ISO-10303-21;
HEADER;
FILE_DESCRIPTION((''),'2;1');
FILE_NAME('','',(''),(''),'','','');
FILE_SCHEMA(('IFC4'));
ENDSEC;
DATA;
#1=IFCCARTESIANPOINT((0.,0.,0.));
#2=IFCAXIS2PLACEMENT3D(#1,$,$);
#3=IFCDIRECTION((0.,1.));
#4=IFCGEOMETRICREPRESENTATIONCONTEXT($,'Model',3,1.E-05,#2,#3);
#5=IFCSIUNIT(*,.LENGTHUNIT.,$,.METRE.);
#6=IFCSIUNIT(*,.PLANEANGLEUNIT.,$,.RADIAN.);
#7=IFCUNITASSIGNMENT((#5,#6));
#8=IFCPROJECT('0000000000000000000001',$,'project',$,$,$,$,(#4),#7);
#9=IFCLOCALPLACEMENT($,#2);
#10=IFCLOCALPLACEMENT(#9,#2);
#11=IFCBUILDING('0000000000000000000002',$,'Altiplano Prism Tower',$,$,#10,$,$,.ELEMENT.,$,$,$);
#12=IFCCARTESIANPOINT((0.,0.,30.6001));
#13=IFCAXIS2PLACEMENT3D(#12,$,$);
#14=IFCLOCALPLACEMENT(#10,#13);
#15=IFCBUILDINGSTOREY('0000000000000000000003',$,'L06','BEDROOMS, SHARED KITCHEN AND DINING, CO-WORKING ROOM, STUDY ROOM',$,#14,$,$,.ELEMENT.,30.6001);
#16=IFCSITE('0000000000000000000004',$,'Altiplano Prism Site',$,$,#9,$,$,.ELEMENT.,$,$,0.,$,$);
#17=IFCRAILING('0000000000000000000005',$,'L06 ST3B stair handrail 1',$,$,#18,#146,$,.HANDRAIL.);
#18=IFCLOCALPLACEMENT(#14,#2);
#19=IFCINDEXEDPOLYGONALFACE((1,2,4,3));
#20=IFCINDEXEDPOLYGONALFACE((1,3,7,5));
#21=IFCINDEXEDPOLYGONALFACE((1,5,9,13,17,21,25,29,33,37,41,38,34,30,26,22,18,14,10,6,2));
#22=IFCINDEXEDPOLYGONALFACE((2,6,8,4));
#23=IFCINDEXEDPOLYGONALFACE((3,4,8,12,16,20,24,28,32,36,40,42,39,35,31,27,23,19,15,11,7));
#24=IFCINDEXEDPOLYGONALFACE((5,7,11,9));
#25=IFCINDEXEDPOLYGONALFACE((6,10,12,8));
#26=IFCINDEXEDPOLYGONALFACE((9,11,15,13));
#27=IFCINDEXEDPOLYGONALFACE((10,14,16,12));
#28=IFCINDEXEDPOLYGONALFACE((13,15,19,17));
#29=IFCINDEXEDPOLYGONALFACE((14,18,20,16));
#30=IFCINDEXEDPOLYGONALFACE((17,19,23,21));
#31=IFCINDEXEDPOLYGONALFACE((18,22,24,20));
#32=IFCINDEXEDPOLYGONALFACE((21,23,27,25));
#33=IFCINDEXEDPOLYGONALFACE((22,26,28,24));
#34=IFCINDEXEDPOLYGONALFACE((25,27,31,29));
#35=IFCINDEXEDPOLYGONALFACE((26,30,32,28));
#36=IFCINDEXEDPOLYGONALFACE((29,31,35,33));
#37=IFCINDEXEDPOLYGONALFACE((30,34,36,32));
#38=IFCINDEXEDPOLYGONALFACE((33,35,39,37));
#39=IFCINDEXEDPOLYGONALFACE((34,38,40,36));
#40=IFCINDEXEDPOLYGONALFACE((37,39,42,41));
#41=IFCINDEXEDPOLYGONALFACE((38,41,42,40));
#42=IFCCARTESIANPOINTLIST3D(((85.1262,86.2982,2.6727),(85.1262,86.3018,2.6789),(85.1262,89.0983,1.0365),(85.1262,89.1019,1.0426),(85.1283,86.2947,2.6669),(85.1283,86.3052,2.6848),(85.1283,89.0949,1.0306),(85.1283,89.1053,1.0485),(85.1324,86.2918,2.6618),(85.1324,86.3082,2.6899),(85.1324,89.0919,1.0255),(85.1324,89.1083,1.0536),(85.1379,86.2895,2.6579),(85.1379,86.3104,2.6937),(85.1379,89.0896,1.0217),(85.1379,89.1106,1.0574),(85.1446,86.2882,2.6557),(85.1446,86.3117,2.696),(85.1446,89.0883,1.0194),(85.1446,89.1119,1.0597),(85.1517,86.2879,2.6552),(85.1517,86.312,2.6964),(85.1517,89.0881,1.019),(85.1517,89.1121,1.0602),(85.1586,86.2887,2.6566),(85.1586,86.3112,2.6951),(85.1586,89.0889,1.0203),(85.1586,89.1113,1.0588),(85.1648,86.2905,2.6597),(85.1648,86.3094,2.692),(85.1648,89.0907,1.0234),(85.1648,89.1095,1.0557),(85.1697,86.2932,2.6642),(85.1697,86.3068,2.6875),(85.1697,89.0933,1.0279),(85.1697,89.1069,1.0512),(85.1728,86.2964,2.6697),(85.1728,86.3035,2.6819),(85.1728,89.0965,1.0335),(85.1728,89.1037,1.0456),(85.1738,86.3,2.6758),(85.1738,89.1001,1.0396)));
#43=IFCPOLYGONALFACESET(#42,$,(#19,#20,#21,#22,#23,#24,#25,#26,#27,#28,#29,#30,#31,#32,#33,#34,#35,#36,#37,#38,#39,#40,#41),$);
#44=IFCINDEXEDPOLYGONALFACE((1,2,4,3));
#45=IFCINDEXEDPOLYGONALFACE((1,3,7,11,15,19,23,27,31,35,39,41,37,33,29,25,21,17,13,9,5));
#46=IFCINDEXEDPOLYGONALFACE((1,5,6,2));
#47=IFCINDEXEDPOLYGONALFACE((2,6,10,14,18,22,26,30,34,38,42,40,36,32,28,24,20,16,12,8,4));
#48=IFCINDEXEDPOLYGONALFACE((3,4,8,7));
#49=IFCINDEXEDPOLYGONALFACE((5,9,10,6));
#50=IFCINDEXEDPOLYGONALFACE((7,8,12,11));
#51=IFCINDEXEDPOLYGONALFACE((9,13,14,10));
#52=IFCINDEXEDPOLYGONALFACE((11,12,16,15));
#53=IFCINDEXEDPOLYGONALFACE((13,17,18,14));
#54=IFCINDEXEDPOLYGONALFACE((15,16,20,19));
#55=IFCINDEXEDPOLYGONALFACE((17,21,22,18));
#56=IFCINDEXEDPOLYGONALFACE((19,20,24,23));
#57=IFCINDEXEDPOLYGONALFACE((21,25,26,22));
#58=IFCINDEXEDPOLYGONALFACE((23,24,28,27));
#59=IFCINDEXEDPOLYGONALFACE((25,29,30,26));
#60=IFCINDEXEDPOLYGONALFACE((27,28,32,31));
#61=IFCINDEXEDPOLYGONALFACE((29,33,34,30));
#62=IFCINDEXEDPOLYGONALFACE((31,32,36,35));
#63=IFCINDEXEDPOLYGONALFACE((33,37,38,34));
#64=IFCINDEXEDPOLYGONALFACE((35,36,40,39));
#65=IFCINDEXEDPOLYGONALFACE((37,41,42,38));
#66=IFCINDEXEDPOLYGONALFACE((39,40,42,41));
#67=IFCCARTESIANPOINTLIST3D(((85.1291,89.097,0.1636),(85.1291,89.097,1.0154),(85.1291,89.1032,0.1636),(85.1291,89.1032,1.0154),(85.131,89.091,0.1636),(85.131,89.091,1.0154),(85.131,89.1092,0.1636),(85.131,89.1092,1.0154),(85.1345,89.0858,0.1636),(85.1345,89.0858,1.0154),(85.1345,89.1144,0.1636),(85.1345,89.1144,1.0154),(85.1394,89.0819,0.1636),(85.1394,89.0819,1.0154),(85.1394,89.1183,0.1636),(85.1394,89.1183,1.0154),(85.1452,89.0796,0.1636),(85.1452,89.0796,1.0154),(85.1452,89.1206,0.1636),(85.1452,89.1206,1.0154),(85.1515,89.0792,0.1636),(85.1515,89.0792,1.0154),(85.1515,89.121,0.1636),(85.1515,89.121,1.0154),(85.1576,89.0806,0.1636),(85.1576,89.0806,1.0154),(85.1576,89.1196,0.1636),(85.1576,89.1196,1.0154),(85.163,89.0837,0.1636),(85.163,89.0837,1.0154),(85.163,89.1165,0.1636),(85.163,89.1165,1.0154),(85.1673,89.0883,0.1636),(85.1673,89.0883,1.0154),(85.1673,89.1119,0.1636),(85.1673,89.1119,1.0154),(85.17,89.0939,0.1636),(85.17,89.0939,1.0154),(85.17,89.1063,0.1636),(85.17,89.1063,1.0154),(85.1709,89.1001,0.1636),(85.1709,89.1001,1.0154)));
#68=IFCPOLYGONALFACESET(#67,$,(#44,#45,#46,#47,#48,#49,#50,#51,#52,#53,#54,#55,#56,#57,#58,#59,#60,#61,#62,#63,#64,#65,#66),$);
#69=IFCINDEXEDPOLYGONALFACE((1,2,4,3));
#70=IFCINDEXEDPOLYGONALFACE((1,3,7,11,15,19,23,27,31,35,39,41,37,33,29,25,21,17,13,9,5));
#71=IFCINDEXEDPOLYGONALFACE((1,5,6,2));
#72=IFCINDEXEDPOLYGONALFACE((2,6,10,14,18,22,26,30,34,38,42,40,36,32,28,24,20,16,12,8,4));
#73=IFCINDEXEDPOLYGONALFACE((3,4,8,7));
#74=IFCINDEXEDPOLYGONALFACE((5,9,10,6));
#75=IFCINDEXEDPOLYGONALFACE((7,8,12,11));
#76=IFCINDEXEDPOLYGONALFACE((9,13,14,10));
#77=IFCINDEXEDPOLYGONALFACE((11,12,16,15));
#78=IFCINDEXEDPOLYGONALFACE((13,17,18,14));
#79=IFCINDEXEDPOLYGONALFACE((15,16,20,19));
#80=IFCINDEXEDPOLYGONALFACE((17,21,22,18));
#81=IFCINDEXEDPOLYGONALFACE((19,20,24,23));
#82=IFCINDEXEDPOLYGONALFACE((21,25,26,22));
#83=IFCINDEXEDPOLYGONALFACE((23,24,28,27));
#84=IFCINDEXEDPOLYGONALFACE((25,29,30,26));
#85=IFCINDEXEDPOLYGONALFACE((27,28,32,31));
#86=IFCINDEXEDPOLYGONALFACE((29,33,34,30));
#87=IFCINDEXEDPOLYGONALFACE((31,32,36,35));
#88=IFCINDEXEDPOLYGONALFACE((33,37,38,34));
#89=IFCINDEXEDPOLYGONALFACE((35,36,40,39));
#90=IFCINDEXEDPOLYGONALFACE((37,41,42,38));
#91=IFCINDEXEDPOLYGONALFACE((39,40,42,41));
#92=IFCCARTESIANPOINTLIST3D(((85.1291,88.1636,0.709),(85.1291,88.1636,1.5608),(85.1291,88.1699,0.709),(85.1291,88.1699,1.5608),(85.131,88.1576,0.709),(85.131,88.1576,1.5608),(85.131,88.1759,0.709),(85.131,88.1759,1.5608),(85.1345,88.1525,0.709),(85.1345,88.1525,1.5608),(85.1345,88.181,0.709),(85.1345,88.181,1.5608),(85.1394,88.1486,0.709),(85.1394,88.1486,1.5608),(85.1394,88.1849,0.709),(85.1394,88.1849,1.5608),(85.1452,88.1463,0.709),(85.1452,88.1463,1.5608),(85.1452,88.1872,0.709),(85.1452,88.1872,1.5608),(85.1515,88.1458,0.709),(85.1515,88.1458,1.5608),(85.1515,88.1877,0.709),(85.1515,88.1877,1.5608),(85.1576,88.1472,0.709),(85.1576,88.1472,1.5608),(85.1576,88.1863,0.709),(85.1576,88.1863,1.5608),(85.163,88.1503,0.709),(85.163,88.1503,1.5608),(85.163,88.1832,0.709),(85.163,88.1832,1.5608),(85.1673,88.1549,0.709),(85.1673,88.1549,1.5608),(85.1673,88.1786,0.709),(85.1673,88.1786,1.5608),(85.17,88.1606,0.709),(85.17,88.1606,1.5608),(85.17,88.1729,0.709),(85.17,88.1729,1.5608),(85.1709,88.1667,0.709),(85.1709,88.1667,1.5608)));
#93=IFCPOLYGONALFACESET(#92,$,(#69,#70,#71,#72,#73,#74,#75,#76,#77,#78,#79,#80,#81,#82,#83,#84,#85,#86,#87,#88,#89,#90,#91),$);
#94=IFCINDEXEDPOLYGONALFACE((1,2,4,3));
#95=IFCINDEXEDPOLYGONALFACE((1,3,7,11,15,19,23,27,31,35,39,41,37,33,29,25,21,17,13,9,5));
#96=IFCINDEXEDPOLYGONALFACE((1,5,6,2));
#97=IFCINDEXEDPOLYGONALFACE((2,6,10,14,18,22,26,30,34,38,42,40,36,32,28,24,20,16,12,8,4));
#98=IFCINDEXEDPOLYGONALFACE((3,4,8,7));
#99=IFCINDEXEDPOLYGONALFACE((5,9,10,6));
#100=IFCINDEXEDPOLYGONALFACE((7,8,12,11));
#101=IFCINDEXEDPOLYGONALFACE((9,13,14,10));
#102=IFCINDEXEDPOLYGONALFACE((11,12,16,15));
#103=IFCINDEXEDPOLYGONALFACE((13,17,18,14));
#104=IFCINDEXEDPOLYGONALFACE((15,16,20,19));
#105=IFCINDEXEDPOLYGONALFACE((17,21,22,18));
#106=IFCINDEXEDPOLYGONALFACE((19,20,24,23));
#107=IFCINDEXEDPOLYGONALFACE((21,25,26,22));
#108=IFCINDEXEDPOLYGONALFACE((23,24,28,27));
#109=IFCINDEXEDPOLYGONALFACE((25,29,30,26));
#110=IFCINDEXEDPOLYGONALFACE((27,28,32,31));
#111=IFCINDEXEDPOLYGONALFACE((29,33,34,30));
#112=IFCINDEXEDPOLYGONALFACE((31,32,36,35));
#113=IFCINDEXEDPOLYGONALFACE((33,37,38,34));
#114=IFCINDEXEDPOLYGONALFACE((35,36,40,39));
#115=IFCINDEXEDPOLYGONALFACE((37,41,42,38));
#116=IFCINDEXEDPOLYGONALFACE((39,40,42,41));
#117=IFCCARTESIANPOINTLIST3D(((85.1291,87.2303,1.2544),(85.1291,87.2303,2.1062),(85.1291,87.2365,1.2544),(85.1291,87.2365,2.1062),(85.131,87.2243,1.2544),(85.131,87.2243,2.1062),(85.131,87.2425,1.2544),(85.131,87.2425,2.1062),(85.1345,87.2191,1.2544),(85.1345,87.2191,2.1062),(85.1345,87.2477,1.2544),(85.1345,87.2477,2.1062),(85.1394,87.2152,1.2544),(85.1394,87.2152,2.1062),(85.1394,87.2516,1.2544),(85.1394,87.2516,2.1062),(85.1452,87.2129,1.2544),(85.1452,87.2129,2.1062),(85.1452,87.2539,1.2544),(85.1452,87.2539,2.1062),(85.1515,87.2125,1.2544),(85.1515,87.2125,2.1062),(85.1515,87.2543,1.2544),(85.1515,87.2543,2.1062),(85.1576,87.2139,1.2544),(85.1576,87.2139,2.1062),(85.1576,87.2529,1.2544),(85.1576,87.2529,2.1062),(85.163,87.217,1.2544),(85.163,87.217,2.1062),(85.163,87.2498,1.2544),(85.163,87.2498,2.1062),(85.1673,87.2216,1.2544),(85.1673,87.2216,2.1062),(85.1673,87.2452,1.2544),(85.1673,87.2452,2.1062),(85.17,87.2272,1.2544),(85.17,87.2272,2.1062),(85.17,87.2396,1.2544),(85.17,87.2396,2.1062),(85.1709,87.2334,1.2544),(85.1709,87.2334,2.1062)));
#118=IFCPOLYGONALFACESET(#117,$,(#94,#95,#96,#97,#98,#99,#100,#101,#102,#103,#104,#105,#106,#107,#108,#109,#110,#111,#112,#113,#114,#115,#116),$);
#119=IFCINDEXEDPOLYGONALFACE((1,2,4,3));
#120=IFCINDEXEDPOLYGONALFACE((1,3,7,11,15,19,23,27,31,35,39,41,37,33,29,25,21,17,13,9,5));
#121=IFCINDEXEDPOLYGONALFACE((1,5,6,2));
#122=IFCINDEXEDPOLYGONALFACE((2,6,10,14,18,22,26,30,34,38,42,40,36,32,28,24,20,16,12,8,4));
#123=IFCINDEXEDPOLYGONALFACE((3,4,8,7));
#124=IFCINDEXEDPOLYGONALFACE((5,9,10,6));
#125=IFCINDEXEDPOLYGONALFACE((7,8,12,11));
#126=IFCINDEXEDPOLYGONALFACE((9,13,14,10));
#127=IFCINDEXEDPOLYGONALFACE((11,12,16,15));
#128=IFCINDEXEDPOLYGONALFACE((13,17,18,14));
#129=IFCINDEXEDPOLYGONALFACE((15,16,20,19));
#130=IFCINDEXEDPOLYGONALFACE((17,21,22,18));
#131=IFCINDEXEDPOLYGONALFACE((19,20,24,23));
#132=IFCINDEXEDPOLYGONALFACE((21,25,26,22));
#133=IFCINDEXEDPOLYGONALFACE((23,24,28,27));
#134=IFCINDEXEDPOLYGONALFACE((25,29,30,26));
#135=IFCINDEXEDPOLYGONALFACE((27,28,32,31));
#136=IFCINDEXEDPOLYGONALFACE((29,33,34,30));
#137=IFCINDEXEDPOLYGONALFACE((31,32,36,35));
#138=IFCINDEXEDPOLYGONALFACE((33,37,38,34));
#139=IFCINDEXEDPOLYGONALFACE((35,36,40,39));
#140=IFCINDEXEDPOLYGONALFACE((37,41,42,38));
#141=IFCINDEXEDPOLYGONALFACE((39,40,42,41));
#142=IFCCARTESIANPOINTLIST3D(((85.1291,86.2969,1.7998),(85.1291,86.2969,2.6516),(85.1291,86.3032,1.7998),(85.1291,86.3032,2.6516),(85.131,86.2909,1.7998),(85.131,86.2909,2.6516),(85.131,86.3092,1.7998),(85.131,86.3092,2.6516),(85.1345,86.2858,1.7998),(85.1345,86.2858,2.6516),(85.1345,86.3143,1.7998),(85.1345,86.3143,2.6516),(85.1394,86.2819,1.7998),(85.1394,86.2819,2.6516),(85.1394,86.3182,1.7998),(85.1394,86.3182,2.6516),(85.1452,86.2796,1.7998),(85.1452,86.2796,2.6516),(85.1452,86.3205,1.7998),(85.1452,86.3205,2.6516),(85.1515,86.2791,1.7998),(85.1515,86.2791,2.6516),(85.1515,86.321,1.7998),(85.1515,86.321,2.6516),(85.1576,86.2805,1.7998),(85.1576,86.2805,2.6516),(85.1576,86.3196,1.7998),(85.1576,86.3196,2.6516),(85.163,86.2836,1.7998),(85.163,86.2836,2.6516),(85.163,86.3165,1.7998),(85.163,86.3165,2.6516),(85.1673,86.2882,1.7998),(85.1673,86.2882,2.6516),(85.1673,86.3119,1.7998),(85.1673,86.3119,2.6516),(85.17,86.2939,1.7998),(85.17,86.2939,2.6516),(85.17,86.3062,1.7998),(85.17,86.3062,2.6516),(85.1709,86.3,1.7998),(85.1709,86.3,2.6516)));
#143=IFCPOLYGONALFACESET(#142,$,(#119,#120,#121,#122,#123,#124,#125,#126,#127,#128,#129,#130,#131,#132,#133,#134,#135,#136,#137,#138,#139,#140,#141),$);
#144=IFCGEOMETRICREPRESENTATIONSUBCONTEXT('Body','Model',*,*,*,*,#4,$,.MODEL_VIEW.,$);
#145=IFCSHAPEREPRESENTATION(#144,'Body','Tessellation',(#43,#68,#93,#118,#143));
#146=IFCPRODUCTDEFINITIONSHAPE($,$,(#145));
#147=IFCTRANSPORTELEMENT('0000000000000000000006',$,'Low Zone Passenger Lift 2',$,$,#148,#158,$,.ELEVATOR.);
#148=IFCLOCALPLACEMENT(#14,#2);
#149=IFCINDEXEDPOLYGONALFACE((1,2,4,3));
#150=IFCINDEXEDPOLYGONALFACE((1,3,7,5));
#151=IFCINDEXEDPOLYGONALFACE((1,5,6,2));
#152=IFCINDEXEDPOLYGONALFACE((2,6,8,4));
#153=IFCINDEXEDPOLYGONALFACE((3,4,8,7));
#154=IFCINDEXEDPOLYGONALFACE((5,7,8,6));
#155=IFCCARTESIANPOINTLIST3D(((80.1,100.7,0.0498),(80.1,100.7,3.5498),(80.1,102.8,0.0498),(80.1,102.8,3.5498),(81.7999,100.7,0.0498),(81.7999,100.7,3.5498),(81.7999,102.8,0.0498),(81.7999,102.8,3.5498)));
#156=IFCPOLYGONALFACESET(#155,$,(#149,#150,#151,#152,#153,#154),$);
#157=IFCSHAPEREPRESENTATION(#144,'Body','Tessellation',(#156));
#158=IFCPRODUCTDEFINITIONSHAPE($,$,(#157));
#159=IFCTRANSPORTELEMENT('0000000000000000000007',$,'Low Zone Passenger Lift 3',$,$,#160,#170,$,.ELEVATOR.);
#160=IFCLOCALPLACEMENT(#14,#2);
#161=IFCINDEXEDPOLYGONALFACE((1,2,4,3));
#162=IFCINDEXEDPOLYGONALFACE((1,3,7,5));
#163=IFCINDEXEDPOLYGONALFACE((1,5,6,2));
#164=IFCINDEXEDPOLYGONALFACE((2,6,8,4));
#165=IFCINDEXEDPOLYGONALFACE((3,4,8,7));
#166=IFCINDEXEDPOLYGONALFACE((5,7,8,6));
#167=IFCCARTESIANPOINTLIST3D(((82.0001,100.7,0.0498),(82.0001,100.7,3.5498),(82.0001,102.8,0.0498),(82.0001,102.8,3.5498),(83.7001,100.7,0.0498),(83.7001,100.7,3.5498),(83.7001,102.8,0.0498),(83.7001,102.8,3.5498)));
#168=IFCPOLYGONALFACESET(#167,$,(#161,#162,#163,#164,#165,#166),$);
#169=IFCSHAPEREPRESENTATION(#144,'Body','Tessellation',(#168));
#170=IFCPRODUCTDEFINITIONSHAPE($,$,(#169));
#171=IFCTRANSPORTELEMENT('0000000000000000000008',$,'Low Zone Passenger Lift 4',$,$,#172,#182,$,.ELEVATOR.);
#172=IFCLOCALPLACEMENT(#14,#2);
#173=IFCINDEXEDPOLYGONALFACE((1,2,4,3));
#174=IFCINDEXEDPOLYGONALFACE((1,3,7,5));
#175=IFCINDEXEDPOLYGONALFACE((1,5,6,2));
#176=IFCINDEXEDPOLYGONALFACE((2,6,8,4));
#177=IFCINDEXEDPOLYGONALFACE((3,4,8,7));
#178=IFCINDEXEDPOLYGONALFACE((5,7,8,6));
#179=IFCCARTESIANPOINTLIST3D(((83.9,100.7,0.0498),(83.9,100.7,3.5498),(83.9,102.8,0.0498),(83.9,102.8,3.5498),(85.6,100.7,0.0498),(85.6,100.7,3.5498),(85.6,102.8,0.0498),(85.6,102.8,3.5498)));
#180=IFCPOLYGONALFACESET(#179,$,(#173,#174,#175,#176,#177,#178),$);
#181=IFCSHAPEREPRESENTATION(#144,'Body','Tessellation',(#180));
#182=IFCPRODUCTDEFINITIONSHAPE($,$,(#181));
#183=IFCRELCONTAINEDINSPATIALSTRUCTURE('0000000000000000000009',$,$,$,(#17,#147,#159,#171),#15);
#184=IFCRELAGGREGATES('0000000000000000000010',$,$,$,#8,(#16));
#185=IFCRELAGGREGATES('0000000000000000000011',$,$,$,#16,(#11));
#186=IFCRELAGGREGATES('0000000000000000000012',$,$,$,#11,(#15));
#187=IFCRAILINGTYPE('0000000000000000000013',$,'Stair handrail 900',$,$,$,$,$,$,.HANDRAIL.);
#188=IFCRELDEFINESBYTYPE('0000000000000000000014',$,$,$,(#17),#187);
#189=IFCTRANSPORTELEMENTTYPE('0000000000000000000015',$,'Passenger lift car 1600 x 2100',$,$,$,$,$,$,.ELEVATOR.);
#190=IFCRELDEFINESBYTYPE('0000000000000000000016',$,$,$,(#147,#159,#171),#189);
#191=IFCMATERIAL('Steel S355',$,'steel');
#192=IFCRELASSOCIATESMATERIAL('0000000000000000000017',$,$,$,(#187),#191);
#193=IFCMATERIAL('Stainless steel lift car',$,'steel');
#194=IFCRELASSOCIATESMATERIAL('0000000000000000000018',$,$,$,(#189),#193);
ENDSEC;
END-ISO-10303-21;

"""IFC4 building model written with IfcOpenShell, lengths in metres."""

from ifc_helpers import new_model, si_unit, direction, frame, origin, origin_2d, place, context, subcontext, project, spatial, rectangle, circle, extrude, material, type_object, element, save


model = new_model("IFC4")

# Units and contexts
model_context = context("Model", 3, precision=1e-05, world=origin(), true_north=direction((0.0, 1.0)))
body_context = subcontext(model_context, "Body", "Model", "MODEL_VIEW")
ifc_project = project(units=[si_unit("LENGTHUNIT", "METRE"), si_unit("PLANEANGLEUNIT", "RADIAN")], contexts=[model_context])

# Site, building, storey
site_placement = place(None, origin())
site = spatial("IfcSite", under=ifc_project, at=site_placement, Name="Altiplano Prism Site", CompositionType="ELEMENT", RefElevation=0.0)
building_placement = place(site_placement, origin())
building = spatial("IfcBuilding", under=site, at=building_placement, Name="Altiplano Prism Tower", CompositionType="ELEMENT")
storey_placement = place(building_placement, frame((0.0, 0.0, 30.6001)))
storey = spatial("IfcBuildingStorey", under=building, at=storey_placement, Name="L06", Description="BEDROOMS, SHARED KITCHEN AND DINING, CO-WORKING ROOM, STUDY ROOM", CompositionType="ELEMENT", Elevation=30.6001)

# Railing
ifc_material_1 = material(Name="Steel S355", Category="steel")
railing_type_1 = type_object("IfcRailingType", Name="Stair handrail 900", PredefinedType="HANDRAIL", material=ifc_material_1)
railing_1_placement = place(storey_placement, frame((85.1499, 89.1001, 0.1636)))
element("IfcRailing", 1, at=railing_1_placement, inside=storey, type_object=railing_type_1, Name="L06 ST3B stair handrail 1", PredefinedType="HANDRAIL", context=body_context, shape_type="SweptSolid", body=[
    extrude(circle(Radius=0.0239, at=origin_2d()), frame((0.0, 0.0, 0.876), z_axis=(0.0, -0.863394, 0.504531), x_axis=(1.0, 0.0, 0.0)), (0.0, 0.0, 1.0), 3.2432),
    extrude(circle(Radius=0.021, at=origin_2d()), origin(), (0.0, 0.0, 1.0), 0.8518),
    extrude(circle(Radius=0.021, at=origin_2d()), frame((0.0, -0.9333, 0.5454)), (0.0, 0.0, 1.0), 0.8518),
    extrude(circle(Radius=0.021, at=origin_2d()), frame((0.0, -1.8667, 1.0908)), (0.0, 0.0, 1.0), 0.8518),
    extrude(circle(Radius=0.021, at=origin_2d()), frame((0.0, -2.8, 1.6362)), (0.0, 0.0, 1.0), 0.8518),
])

# Transport elements
ifc_material_2 = material(Name="Stainless steel lift car", Category="steel")
transport_element_type = type_object("IfcTransportElementType", Name="Passenger lift car 1600 x 2100", PredefinedType="ELEVATOR", material=ifc_material_2)
for number, where, z_axis, x_axis, name in (
    (2, (80.95, 101.75, 0.0498), (0.0, 0.0, 1.0), (1.0, 0.0, 0.0), "Low Zone Passenger Lift 2"),
    (3, (82.8501, 101.75, 0.0498), (0.0, 0.0, 1.0), (1.0, 0.0, 0.0), "Low Zone Passenger Lift 3"),
    (4, (84.75, 101.75, 0.0498), (0.0, 0.0, 1.0), (1.0, 0.0, 0.0), "Low Zone Passenger Lift 4"),
):
    element("IfcTransportElement", number, at=place(storey_placement, frame(where, z_axis=z_axis, x_axis=x_axis)), inside=storey, type_object=transport_element_type, Name=name, PredefinedType="ELEVATOR", context=body_context, shape_type="SweptSolid", body=[
        extrude(rectangle(XDim=1.7, YDim=2.1001, at=origin_2d()), origin(), (0.0, 0.0, 1.0), 3.5),
    ])

save(model, "model.ifc")
